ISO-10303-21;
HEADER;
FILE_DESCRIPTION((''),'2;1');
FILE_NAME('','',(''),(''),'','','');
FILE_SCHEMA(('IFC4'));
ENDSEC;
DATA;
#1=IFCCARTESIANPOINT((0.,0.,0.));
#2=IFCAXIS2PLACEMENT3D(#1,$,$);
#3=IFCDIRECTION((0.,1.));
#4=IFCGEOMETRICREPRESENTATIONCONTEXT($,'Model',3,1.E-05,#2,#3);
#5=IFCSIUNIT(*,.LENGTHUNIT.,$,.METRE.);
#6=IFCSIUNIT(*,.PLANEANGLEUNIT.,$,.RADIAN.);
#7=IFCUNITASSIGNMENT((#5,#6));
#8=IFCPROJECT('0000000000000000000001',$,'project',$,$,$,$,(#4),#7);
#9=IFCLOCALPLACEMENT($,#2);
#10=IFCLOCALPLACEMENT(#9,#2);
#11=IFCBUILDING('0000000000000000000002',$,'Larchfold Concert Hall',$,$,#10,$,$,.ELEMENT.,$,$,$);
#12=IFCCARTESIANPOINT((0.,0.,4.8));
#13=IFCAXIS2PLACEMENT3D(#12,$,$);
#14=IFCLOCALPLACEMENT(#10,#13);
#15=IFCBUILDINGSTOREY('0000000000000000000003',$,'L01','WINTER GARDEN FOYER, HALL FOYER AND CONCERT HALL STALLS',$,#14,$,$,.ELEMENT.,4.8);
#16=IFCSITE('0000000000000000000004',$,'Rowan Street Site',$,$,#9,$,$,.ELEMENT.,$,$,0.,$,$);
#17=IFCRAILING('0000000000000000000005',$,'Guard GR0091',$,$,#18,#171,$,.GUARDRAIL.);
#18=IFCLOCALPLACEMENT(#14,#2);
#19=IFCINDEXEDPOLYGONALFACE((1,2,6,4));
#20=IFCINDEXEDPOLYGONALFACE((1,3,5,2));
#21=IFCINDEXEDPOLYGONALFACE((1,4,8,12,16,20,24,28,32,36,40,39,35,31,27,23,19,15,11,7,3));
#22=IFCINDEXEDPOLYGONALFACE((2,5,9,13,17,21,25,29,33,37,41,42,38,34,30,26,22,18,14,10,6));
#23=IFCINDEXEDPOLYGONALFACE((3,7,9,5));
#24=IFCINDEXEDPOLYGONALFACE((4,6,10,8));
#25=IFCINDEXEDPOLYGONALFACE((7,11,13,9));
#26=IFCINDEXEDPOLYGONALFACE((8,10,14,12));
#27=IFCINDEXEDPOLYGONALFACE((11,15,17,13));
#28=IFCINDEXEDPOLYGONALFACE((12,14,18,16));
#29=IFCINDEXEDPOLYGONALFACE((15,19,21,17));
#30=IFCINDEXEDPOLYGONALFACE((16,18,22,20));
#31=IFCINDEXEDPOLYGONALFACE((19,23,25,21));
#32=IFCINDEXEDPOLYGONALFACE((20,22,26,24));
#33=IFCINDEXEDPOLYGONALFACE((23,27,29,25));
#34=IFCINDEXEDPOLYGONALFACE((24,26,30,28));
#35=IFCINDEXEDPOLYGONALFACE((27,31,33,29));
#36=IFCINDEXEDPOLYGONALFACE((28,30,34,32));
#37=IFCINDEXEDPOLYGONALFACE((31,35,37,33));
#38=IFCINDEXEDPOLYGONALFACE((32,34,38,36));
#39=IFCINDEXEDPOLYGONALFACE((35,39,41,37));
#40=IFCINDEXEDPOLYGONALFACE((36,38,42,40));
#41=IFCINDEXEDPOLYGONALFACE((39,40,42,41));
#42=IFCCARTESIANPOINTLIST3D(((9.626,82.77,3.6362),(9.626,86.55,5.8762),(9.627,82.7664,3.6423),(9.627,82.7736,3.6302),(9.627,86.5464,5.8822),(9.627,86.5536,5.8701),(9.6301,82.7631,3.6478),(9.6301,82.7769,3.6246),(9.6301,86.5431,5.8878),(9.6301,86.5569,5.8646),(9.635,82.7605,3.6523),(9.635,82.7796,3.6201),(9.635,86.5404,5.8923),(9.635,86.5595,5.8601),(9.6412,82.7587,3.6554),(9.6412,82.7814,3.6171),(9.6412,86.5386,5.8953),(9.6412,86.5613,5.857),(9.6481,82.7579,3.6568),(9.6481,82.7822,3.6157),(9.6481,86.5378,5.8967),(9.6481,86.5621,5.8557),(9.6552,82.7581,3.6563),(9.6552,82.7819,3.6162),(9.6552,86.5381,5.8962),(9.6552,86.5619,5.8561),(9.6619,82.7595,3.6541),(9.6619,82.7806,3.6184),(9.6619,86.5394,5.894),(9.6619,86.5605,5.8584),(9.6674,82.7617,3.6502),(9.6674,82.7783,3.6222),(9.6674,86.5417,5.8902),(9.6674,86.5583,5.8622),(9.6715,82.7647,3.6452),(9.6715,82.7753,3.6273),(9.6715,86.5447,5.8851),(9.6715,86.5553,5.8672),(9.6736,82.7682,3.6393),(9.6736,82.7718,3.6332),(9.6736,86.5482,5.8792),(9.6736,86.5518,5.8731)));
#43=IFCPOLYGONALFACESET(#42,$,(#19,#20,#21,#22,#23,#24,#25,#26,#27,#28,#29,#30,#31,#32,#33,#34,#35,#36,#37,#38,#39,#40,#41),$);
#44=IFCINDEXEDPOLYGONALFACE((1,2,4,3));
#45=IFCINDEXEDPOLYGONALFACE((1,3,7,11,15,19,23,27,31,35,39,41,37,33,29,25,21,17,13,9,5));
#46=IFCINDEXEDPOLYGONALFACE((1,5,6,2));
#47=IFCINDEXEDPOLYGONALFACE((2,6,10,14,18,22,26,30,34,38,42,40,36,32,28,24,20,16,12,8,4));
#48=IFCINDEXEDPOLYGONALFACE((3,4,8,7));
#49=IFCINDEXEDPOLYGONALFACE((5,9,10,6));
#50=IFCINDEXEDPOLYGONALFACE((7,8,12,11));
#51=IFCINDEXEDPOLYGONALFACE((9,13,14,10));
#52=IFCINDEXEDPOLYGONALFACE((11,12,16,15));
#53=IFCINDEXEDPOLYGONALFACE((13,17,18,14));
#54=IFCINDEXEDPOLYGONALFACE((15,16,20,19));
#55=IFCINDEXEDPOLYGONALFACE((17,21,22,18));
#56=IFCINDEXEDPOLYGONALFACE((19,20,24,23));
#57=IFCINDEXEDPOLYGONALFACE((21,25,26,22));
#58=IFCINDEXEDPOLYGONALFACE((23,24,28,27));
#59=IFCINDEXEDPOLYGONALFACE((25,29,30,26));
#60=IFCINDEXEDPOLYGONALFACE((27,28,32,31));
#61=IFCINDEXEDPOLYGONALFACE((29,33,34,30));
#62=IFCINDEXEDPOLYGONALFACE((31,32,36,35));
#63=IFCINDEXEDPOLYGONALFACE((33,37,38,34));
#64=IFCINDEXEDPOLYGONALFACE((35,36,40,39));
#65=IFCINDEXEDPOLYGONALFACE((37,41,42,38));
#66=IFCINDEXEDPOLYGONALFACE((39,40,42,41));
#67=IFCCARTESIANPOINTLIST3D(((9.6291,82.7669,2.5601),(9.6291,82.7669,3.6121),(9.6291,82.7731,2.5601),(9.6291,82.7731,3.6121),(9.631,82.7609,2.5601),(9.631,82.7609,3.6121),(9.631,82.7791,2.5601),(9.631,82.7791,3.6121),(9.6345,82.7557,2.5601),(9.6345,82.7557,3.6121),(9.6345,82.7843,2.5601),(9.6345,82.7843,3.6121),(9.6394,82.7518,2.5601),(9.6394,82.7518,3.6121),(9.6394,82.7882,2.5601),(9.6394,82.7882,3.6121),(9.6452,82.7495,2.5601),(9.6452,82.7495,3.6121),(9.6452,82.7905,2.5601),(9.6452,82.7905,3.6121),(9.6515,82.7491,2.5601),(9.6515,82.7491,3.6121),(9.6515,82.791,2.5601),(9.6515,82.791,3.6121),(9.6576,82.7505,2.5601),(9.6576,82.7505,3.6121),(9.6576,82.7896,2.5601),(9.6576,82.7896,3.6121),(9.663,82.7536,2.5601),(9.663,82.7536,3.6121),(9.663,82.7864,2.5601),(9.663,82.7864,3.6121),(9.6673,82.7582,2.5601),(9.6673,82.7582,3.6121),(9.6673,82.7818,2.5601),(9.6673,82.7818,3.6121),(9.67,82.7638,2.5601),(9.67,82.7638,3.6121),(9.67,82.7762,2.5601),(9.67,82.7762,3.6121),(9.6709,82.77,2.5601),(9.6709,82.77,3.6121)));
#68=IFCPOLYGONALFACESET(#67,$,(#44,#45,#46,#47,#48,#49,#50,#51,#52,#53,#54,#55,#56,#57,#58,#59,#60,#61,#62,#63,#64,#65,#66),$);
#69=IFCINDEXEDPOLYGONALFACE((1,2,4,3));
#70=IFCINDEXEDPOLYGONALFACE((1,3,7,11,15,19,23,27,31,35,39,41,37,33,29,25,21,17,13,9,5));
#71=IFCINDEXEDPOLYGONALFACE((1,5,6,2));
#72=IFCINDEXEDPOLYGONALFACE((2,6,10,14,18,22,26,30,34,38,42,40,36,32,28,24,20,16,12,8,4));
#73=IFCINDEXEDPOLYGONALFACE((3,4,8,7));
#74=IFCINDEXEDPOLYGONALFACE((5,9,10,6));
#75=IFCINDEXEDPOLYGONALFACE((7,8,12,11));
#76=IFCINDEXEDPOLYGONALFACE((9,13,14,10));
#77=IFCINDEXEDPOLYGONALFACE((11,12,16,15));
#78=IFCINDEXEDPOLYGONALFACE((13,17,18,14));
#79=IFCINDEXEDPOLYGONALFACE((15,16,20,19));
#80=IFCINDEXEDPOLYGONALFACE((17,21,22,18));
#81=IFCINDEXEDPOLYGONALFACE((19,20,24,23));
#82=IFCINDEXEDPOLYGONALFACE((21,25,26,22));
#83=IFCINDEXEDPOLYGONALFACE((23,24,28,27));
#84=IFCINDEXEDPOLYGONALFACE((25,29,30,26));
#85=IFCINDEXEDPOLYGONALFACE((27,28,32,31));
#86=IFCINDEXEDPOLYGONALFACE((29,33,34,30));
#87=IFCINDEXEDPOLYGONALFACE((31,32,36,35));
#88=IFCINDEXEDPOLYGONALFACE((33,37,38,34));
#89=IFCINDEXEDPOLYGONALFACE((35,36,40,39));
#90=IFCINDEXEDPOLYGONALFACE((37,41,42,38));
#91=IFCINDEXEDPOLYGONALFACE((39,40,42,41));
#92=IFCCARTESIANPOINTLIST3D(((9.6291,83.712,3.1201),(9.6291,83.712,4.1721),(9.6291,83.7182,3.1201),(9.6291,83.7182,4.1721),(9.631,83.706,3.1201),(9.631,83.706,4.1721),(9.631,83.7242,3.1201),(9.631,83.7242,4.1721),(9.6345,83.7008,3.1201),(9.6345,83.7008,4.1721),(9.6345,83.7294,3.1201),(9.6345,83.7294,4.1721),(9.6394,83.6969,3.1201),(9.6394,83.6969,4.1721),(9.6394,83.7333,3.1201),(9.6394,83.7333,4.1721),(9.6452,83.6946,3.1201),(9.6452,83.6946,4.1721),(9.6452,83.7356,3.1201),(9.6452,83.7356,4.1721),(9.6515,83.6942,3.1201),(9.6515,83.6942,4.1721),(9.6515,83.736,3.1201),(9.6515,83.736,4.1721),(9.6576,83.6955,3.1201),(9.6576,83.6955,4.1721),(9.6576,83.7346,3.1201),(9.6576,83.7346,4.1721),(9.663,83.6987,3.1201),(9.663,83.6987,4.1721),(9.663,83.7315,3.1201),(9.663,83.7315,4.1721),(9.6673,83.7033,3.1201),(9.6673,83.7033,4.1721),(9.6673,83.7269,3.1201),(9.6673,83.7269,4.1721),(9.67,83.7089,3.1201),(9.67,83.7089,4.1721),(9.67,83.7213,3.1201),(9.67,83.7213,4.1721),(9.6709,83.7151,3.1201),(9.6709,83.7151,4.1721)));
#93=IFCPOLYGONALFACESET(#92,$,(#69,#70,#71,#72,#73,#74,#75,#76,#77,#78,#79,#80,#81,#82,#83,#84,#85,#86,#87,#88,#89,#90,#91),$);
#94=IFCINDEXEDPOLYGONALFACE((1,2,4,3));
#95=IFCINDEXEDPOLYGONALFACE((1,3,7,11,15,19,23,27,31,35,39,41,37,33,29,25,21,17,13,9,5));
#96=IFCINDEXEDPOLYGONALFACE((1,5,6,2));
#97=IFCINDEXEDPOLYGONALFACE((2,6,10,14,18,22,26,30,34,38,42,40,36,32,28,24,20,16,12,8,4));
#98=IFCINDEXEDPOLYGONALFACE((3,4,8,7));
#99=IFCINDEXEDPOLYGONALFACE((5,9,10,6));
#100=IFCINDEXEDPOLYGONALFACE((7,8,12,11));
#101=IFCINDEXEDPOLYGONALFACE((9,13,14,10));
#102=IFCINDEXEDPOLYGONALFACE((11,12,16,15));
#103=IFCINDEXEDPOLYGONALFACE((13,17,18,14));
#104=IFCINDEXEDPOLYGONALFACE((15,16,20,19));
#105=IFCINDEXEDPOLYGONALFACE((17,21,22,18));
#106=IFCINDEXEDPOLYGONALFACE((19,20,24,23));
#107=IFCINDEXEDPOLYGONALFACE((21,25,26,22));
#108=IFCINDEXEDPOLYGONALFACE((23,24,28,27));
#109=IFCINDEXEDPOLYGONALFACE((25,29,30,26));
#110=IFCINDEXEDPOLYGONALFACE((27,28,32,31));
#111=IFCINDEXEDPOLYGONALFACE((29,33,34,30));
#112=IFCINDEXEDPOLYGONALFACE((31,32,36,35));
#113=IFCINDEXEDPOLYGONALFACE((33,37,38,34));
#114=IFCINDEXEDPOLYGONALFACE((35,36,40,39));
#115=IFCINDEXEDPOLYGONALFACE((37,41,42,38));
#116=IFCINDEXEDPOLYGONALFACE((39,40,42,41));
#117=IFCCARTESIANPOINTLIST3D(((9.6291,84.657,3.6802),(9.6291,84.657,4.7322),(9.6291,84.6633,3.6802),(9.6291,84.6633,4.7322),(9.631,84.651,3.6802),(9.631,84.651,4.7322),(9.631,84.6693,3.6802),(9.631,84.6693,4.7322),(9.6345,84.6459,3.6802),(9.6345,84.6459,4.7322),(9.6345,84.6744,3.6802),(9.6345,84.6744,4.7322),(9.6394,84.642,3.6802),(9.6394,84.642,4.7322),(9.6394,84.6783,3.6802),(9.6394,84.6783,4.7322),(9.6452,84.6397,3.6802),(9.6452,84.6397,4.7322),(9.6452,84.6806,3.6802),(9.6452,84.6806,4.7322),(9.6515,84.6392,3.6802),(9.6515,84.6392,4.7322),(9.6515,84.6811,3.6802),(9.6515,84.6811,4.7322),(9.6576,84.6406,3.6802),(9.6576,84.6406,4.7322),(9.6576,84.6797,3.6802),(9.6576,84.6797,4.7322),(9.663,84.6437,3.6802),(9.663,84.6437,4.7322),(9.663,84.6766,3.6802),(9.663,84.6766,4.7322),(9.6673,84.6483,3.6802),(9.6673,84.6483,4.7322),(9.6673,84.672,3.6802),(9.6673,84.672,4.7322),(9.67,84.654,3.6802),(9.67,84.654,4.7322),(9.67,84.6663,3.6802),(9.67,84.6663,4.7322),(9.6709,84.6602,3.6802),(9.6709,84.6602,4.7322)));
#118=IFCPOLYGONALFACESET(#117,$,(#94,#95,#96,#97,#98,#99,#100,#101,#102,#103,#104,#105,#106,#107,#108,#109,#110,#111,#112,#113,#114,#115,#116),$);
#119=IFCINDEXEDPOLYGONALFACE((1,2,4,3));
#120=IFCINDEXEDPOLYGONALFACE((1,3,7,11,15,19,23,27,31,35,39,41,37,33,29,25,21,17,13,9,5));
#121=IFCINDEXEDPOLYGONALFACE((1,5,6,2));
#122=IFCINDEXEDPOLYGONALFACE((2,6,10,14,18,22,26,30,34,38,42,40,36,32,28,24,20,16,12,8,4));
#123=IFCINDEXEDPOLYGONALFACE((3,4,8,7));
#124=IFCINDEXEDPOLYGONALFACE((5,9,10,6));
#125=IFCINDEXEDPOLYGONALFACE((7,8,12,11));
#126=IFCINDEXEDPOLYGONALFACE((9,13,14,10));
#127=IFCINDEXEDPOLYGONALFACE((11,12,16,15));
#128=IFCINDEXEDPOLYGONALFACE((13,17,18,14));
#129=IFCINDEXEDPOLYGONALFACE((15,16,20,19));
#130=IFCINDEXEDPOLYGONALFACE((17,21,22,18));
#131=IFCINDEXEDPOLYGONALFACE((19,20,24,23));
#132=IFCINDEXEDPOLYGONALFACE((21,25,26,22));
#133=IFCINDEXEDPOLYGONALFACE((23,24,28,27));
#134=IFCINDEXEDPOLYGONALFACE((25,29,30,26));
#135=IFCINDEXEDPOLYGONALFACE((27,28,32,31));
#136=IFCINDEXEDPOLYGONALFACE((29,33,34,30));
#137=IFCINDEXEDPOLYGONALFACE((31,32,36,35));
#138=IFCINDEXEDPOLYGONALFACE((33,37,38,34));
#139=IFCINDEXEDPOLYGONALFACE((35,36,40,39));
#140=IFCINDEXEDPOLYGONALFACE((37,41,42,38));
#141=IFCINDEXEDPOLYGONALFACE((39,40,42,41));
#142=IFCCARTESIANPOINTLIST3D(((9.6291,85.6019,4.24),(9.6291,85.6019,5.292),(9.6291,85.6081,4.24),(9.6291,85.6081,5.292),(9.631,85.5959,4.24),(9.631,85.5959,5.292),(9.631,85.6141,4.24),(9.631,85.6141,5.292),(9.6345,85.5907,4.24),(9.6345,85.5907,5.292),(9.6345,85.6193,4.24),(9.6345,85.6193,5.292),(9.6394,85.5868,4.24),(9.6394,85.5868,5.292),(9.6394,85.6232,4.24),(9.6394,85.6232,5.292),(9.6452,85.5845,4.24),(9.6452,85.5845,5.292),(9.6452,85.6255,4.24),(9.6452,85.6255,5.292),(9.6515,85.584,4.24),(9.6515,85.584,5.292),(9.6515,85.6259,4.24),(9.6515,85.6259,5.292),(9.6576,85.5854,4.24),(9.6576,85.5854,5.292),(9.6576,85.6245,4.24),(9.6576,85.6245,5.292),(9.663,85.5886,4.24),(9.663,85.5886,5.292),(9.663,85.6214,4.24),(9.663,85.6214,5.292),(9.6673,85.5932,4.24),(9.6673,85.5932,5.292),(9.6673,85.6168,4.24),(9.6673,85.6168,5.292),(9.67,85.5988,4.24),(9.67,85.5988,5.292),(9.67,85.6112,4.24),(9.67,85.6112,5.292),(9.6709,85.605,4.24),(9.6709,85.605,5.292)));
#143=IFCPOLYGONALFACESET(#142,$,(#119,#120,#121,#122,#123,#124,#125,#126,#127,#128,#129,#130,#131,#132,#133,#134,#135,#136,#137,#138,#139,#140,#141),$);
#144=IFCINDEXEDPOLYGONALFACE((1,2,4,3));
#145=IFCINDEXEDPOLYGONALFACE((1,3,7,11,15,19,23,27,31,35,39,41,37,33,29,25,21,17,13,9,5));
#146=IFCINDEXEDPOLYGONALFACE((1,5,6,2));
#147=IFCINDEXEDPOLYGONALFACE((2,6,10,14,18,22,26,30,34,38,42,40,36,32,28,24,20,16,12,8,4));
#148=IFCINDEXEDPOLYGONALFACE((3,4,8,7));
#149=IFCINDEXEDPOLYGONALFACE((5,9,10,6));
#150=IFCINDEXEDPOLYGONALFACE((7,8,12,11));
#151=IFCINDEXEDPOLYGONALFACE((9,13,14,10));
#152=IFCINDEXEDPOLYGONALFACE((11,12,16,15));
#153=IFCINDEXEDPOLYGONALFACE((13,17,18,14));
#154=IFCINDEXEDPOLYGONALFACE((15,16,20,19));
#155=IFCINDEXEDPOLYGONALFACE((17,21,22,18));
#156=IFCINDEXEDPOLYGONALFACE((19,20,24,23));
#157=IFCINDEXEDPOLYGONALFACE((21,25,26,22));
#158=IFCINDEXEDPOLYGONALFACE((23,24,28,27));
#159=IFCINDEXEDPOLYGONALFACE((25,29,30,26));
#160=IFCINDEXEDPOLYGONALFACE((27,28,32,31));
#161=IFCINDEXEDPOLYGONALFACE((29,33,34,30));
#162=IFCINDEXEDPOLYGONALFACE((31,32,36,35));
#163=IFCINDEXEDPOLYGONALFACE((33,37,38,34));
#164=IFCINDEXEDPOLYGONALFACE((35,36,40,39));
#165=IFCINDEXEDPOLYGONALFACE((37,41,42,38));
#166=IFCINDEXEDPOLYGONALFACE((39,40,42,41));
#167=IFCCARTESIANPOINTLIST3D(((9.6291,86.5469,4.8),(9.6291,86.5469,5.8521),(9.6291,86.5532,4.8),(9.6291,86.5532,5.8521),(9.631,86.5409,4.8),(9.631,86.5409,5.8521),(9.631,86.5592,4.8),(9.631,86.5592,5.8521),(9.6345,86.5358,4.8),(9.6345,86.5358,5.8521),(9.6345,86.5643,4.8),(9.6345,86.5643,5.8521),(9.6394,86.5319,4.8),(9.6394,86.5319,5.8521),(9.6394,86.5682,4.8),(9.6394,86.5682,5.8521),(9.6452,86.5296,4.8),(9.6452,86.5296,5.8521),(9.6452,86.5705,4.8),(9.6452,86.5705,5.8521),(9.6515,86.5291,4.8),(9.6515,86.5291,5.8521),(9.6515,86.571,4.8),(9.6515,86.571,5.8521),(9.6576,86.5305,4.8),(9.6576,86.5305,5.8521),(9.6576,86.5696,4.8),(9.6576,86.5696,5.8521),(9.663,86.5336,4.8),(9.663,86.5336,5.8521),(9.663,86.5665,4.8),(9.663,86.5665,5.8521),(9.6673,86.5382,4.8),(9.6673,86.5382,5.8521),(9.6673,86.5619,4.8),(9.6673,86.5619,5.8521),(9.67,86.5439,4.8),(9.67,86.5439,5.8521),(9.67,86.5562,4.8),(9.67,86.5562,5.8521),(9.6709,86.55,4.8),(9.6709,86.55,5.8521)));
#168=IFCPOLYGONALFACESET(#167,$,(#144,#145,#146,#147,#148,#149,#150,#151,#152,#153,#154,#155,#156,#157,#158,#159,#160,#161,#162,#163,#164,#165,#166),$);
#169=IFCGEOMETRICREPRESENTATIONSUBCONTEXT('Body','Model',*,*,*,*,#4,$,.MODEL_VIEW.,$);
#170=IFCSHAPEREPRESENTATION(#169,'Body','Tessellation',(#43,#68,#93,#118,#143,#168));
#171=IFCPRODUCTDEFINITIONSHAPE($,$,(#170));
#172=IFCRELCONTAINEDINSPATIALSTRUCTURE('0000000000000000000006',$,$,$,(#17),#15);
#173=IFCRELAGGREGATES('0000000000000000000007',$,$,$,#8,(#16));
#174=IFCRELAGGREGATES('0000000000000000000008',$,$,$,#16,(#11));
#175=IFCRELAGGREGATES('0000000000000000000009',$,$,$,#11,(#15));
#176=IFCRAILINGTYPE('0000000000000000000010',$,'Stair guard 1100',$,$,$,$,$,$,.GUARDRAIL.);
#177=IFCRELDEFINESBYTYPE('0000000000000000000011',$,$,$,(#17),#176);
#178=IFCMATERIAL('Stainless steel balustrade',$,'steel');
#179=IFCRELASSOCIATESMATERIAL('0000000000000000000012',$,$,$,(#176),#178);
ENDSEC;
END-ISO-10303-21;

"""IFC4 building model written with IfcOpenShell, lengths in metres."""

from ifc_helpers import new_model, si_unit, direction, frame, origin, origin_2d, place, context, subcontext, project, spatial, circle, extrude, material, type_object, element, save


model = new_model("IFC4")

# Units and contexts
model_context = context("Model", 3, precision=1e-05, world=origin(), true_north=direction((0.0, 1.0)))
body_context = subcontext(model_context, "Body", "Model", "MODEL_VIEW")
ifc_project = project(units=[si_unit("LENGTHUNIT", "METRE"), si_unit("PLANEANGLEUNIT", "RADIAN")], contexts=[model_context])

# Site, building, storey
site_placement = place(None, origin())
site = spatial("IfcSite", under=ifc_project, at=site_placement, Name="Rowan Street Site", CompositionType="ELEMENT", RefElevation=0.0)
building_placement = place(site_placement, origin())
building = spatial("IfcBuilding", under=site, at=building_placement, Name="Larchfold Concert Hall", CompositionType="ELEMENT")
storey_placement = place(building_placement, frame((0.0, 0.0, 4.8)))
storey = spatial("IfcBuildingStorey", under=building, at=storey_placement, Name="L01", Description="WINTER GARDEN FOYER, HALL FOYER AND CONCERT HALL STALLS", CompositionType="ELEMENT", Elevation=4.8)

# Railing
ifc_material_1 = material(Name="Stainless steel balustrade", Category="steel")
railing_type_1 = type_object("IfcRailingType", Name="Stair guard 1100", PredefinedType="GUARDRAIL", material=ifc_material_1)
railing_1_placement = place(storey_placement, frame((9.6499, 82.77, 2.5601)))
element("IfcRailing", 1, at=railing_1_placement, inside=storey, type_object=railing_type_1, Name="Guard GR0091", PredefinedType="GUARDRAIL", context=body_context, shape_type="SweptSolid", body=[
    extrude(circle(Radius=0.0239, at=origin_2d()), frame((0.0, 0.0, 1.0762), z_axis=(0.0, 0.860294, 0.509798), x_axis=(-1.0, 0.0, 0.0)), (0.0, 0.0, 1.0), 4.3938),
    extrude(circle(Radius=0.021, at=origin_2d()), origin(), (0.0, 0.0, 1.0), 1.052),
    extrude(circle(Radius=0.021, at=origin_2d()), frame((0.0, 0.9451, 0.5601)), (0.0, 0.0, 1.0), 1.052),
    extrude(circle(Radius=0.021, at=origin_2d()), frame((0.0, 1.8901, 1.1201)), (0.0, 0.0, 1.0), 1.052),
    extrude(circle(Radius=0.021, at=origin_2d()), frame((0.0, 2.835, 1.6799)), (0.0, 0.0, 1.0), 1.052),
    extrude(circle(Radius=0.021, at=origin_2d()), frame((0.0, 3.78, 2.24)), (0.0, 0.0, 1.0), 1.052),
])

save(model, "model.ifc")
